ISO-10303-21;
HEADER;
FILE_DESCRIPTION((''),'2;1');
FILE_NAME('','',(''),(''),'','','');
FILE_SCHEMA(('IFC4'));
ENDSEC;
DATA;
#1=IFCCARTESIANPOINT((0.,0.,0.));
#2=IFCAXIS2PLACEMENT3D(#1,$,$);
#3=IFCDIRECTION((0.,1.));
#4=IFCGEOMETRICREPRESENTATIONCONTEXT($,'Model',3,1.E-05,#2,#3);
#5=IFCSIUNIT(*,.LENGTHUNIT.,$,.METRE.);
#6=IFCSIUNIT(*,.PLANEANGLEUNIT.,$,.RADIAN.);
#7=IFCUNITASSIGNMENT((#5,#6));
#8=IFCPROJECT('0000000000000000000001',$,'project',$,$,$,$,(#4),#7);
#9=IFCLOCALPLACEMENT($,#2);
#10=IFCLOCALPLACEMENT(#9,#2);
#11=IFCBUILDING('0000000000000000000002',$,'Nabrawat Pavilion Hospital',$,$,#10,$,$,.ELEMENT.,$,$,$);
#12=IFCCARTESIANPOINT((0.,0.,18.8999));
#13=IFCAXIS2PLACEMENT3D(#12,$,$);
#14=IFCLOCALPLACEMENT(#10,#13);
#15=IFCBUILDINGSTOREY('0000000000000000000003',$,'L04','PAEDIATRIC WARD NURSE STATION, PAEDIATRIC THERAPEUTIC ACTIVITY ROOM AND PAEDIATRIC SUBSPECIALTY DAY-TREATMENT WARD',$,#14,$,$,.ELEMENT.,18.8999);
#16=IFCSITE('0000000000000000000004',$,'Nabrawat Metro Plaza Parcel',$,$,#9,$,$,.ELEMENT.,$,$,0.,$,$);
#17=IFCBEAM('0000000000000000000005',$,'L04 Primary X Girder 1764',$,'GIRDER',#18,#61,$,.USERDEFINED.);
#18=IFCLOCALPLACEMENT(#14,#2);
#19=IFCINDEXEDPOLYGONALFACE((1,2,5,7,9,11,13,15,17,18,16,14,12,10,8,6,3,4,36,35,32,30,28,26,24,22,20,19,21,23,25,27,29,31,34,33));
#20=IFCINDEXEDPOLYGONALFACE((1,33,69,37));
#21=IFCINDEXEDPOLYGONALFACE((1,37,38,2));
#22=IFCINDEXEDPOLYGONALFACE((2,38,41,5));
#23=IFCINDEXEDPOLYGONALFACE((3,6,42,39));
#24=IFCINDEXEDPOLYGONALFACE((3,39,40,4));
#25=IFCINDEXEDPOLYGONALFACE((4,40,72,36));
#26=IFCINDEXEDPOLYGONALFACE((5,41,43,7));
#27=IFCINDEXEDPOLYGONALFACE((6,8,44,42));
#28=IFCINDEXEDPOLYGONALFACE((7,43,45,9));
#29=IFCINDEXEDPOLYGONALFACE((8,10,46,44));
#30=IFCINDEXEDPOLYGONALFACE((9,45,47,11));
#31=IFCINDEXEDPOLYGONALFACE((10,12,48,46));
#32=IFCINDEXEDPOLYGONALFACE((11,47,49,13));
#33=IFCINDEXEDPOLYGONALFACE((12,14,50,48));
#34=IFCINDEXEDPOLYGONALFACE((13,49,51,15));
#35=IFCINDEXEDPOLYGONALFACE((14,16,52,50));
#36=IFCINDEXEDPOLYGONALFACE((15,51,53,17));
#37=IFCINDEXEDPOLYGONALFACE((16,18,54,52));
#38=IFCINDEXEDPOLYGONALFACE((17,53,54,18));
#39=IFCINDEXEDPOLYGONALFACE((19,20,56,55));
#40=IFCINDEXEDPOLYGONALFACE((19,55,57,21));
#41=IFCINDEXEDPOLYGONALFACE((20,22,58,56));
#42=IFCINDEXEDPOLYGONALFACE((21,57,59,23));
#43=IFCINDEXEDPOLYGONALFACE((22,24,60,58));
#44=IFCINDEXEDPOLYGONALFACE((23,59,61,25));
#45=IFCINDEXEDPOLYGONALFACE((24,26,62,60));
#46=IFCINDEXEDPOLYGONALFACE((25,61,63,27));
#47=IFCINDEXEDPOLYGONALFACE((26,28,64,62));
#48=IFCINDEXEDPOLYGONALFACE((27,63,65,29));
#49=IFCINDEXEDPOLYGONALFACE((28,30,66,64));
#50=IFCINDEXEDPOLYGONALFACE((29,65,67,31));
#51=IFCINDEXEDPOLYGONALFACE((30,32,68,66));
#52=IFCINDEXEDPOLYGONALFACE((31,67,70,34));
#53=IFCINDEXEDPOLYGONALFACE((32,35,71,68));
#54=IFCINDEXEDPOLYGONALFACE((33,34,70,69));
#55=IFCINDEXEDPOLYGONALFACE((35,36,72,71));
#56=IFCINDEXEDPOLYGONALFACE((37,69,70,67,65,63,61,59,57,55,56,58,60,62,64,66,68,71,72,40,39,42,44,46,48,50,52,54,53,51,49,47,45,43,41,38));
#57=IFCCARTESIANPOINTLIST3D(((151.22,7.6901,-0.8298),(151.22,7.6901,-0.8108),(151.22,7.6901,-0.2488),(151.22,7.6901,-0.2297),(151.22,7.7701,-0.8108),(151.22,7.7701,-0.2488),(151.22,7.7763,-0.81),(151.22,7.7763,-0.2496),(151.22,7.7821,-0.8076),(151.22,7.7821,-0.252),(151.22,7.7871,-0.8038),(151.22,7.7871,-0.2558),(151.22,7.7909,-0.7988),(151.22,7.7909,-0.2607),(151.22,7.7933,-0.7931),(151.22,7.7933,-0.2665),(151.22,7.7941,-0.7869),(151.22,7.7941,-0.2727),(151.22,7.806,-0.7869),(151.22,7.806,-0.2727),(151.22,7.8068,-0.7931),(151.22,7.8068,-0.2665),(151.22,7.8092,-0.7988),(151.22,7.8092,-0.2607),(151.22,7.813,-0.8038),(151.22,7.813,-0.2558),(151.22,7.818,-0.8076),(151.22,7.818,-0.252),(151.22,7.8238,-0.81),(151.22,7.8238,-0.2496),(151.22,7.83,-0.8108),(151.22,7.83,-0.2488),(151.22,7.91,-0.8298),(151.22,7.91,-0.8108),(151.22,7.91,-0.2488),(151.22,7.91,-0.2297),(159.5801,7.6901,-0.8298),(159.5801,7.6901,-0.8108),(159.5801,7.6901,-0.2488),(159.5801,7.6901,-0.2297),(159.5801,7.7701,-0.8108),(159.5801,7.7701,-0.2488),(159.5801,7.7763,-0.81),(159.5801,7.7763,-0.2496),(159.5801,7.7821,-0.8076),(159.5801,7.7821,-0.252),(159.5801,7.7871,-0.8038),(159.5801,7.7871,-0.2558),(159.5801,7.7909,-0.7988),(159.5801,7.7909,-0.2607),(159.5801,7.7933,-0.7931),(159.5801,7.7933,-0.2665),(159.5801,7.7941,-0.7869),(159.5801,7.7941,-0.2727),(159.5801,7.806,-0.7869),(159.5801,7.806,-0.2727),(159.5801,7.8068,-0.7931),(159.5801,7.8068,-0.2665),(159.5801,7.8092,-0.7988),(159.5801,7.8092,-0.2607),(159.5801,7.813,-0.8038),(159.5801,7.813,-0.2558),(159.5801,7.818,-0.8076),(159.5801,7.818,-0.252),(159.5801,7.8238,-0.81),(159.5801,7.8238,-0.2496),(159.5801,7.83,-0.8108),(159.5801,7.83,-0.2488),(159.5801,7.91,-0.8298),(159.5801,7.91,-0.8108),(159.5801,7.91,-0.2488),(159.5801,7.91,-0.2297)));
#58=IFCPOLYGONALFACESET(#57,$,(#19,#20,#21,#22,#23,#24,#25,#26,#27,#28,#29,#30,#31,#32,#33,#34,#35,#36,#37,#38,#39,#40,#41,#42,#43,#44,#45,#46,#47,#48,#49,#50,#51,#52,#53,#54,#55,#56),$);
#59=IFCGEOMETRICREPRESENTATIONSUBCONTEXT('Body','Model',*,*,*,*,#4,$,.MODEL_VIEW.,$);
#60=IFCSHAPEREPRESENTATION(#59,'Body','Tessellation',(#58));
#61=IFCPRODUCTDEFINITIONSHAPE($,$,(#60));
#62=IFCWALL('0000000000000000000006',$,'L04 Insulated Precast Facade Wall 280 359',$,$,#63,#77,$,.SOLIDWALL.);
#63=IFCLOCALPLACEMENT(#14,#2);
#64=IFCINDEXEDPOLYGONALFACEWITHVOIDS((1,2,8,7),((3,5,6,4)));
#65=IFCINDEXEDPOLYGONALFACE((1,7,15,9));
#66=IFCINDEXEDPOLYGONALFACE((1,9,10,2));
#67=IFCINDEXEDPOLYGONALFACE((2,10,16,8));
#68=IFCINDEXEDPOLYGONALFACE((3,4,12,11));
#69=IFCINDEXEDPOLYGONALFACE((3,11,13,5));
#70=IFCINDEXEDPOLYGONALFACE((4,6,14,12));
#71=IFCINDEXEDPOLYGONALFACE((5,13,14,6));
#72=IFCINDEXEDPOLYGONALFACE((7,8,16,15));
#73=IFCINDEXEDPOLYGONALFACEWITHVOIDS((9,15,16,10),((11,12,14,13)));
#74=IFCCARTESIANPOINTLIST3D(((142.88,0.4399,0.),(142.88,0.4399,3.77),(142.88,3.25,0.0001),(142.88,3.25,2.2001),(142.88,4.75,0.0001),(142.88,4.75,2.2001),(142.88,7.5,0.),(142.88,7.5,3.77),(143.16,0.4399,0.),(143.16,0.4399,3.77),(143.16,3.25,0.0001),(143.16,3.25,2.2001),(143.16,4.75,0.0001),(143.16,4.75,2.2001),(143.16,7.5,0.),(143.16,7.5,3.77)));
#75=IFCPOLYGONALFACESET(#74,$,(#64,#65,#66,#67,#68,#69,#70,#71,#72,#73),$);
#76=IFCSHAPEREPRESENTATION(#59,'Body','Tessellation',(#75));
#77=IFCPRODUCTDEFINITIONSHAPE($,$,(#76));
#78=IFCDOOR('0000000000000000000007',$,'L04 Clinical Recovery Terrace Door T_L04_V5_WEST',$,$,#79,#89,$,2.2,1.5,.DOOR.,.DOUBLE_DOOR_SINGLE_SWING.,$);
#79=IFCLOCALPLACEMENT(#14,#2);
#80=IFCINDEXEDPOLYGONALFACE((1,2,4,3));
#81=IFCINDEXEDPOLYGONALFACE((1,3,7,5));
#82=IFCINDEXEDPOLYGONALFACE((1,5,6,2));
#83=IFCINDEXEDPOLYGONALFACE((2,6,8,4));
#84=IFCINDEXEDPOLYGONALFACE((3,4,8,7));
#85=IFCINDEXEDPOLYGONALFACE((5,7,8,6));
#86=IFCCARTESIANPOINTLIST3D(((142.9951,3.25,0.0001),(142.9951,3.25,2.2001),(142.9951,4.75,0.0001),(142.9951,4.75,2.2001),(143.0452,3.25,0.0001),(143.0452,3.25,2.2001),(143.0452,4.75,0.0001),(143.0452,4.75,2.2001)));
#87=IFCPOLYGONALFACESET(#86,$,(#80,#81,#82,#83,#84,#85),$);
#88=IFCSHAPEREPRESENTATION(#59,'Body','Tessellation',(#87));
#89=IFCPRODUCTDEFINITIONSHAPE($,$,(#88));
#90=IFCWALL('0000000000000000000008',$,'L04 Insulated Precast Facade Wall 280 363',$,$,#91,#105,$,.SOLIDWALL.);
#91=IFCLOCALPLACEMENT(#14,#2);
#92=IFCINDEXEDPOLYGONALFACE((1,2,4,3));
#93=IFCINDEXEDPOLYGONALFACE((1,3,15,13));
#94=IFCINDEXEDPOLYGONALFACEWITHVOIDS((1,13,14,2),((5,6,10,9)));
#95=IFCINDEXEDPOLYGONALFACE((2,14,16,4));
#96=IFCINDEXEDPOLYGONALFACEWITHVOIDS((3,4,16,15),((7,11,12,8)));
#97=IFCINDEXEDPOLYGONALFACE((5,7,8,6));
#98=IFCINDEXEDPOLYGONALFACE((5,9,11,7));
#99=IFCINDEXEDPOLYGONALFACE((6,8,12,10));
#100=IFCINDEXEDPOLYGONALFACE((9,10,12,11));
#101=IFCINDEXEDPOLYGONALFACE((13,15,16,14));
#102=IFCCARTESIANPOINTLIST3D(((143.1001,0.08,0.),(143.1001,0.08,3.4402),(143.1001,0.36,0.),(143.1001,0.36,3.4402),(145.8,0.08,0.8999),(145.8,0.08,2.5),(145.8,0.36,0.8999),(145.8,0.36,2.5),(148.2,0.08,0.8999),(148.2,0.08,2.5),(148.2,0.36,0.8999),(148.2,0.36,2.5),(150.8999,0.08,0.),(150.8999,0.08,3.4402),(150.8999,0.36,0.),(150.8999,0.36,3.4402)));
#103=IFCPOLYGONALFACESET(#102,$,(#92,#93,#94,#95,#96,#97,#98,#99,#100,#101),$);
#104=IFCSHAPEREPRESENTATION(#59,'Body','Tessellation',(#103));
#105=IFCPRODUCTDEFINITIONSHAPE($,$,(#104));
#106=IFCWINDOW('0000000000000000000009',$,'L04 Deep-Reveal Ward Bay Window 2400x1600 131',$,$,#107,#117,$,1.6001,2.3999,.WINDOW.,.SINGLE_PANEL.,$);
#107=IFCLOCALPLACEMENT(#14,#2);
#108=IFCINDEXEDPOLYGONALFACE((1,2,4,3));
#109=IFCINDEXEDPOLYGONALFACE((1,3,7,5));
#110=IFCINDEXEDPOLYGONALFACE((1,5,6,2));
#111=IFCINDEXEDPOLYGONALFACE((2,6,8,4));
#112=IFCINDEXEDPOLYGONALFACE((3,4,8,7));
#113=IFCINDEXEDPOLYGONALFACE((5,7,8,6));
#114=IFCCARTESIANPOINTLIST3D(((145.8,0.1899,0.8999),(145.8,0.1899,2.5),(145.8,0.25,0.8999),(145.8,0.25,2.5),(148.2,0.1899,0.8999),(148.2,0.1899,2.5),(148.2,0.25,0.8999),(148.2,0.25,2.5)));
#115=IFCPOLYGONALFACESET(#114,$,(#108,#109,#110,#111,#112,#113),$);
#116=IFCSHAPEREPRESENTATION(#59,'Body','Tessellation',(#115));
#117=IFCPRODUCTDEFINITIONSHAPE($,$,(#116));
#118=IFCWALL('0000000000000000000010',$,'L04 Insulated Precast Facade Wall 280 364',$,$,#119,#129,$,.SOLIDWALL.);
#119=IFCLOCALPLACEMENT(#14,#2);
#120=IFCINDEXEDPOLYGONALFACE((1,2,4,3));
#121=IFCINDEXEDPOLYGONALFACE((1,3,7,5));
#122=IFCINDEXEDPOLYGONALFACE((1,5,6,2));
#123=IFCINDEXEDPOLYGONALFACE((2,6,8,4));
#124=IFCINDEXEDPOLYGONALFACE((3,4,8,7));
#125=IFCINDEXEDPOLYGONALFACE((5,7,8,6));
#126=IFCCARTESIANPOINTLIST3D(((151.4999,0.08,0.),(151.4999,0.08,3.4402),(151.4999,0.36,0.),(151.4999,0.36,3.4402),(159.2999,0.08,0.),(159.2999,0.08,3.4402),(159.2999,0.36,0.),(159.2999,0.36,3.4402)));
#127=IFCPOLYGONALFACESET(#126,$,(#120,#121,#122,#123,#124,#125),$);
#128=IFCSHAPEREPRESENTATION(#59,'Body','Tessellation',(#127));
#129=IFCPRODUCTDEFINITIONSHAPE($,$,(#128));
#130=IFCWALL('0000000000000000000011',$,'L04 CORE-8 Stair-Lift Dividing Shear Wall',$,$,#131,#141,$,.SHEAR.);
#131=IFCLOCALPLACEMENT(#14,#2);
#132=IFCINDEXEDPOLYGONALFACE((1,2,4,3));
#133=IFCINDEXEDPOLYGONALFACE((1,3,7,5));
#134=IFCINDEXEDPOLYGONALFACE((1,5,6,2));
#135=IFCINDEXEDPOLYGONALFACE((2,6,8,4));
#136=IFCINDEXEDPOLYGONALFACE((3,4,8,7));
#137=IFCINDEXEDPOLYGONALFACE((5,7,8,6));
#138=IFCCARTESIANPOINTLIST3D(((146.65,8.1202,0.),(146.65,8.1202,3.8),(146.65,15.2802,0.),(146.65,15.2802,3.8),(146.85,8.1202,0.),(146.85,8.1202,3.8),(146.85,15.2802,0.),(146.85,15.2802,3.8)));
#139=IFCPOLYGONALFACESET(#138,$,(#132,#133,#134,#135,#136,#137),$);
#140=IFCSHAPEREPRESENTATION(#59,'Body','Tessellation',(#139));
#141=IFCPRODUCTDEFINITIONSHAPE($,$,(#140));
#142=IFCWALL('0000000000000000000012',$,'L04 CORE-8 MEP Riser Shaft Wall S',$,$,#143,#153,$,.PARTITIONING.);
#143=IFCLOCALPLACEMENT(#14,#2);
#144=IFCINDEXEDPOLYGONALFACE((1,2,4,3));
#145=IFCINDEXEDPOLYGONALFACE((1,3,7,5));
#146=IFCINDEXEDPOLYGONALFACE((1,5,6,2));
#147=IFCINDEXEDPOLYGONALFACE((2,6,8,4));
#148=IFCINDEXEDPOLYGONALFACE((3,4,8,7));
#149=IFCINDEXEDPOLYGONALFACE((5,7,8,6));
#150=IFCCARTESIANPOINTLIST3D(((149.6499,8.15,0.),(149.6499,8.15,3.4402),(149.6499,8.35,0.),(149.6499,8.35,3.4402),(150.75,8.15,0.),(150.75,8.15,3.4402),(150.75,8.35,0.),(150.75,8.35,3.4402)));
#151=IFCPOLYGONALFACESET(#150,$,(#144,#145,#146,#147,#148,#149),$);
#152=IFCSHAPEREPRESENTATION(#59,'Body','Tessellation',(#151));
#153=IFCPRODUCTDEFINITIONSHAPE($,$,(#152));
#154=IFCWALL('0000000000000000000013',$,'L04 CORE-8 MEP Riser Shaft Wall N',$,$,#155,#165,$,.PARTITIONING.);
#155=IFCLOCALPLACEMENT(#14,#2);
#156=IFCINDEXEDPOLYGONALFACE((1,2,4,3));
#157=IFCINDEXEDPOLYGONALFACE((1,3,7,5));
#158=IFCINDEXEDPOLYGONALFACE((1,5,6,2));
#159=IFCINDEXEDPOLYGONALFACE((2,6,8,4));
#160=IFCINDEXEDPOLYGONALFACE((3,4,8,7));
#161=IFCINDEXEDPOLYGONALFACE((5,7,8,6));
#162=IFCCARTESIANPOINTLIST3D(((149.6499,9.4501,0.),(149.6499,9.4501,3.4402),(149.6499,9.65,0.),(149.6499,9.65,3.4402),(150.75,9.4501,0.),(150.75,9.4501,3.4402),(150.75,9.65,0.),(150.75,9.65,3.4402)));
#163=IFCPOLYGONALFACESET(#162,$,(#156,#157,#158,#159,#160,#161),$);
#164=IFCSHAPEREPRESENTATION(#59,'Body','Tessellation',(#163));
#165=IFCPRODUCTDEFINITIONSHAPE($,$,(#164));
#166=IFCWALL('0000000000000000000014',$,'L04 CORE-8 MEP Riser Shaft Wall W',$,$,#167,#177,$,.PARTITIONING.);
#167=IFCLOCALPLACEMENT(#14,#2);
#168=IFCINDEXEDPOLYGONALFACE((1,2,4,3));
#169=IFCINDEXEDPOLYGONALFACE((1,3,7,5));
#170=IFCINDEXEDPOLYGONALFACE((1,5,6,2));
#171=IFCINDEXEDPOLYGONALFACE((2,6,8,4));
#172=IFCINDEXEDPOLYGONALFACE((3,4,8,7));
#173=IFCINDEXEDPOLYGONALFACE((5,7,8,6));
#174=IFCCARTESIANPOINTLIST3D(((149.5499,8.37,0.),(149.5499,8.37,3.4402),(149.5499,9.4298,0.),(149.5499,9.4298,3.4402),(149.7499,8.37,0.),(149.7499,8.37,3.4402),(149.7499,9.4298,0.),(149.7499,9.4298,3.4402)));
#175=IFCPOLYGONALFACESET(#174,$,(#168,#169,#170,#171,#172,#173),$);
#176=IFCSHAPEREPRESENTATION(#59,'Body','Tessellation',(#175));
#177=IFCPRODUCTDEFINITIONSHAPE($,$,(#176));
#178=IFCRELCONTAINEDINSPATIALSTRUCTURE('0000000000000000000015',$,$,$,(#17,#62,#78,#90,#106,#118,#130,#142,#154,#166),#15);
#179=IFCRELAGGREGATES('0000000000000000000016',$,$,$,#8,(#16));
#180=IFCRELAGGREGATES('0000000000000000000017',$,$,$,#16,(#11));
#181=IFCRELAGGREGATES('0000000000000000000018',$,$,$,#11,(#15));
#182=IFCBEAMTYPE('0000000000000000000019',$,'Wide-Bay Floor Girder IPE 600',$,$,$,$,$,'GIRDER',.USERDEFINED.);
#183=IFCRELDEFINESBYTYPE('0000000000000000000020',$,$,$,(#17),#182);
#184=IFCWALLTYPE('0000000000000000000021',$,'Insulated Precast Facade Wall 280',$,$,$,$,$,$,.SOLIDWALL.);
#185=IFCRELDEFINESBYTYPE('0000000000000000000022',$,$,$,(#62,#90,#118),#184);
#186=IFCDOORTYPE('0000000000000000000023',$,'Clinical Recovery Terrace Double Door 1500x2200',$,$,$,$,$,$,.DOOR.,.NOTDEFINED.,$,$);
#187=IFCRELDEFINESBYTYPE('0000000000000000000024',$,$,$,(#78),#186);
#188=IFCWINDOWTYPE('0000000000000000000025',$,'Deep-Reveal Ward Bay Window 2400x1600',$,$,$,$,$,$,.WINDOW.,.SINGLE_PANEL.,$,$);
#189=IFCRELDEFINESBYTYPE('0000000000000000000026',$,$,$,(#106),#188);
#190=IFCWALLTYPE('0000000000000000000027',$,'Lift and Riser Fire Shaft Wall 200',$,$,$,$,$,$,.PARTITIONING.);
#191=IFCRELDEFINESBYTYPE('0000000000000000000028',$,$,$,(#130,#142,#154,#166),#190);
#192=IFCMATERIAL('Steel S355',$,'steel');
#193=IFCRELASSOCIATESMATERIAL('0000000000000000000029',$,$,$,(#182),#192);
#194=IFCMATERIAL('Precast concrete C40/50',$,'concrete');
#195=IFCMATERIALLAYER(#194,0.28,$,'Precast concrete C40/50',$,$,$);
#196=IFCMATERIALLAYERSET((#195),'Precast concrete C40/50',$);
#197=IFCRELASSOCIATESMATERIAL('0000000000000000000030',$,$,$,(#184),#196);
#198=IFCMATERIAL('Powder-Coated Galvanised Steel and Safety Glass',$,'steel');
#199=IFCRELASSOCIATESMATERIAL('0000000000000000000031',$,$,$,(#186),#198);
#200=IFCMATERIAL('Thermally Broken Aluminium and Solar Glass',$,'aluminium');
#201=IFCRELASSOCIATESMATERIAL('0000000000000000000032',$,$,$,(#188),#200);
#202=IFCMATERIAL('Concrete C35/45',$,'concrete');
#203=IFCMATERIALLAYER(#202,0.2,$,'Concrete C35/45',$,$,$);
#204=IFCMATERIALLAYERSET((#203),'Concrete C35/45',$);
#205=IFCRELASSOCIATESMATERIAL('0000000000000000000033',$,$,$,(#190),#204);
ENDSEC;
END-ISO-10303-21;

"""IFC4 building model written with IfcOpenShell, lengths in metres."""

from ifc_helpers import new_model, si_unit, direction, frame, frame_2d, origin, origin_2d, place, context, subcontext, project, spatial, rectangle, i_section, extrude, material, layer, layer_set, material_profile, profile_set, type_object, element, fill, save


model = new_model("IFC4")

# Units and contexts
model_context = context("Model", 3, precision=1e-05, world=origin(), true_north=direction((0.0, 1.0)))
body_context = subcontext(model_context, "Body", "Model", "MODEL_VIEW")
ifc_project = project(units=[si_unit("LENGTHUNIT", "METRE"), si_unit("PLANEANGLEUNIT", "RADIAN")], contexts=[model_context])

# Site, building, storey
site_placement = place(None, origin())
site = spatial("IfcSite", under=ifc_project, at=site_placement, Name="Nabrawat Metro Plaza Parcel", CompositionType="ELEMENT", RefElevation=0.0)
building_placement = place(site_placement, origin())
building = spatial("IfcBuilding", under=site, at=building_placement, Name="Nabrawat Pavilion Hospital", CompositionType="ELEMENT")
storey_placement = place(building_placement, frame((0.0, 0.0, 18.8999)))
storey = spatial("IfcBuildingStorey", under=building, at=storey_placement, Name="L04", Description="PAEDIATRIC WARD NURSE STATION, PAEDIATRIC THERAPEUTIC ACTIVITY ROOM AND PAEDIATRIC SUBSPECIALTY DAY-TREATMENT WARD", CompositionType="ELEMENT", Elevation=18.8999)

# Beam
ifc_material_1 = material(Name="Steel S355", Category="steel")
ifc_material_profile_1 = material_profile(ifc_material_1, i_section(OverallWidth=0.22, OverallDepth=0.6001, WebThickness=0.012, FlangeThickness=0.019, FilletRadius=0.0239, at=origin_2d()), Name="IPE 600")
ifc_profile_set_1 = profile_set([ifc_material_profile_1], Name="Steel S355")
beam_type_1 = type_object("IfcBeamType", Name="Wide-Bay Floor Girder IPE 600", ElementType="GIRDER", PredefinedType="USERDEFINED", material=ifc_profile_set_1)
beam_1_placement = place(storey_placement, frame((151.22, 7.8, -0.5298), z_axis=(1.0, 0.0, 0.0), x_axis=(0.0, 1.0, 0.0)))
element("IfcBeam", 1, at=beam_1_placement, inside=storey, type_object=beam_type_1, Name="L04 Primary X Girder 1764", ObjectType="GIRDER", PredefinedType="USERDEFINED", context=body_context, shape_type="SweptSolid", body=[
    extrude(i_section(OverallWidth=0.22, OverallDepth=0.6001, WebThickness=0.012, FlangeThickness=0.019, FilletRadius=0.0239, at=origin_2d()), origin(), (0.0, 0.0, 1.0), 8.3601),
])

# Wall, opening, door
ifc_material_2 = material(Name="Precast concrete C40/50", Category="concrete")
ifc_layer_1 = layer(ifc_material_2, 0.28, Name="Precast concrete C40/50")
ifc_layer_set_1 = layer_set([ifc_layer_1], Name="Precast concrete C40/50")
wall_type_1 = type_object("IfcWallType", Name="Insulated Precast Facade Wall 280", PredefinedType="SOLIDWALL", material=ifc_layer_set_1)
wall_1_placement = place(storey_placement, frame((143.02, 0.4399, 0.0), z_axis=(0.0, 0.0, 1.0), x_axis=(0.0, 1.0, 0.0)))
wall_1 = element("IfcWall", 2, at=wall_1_placement, inside=storey, type_object=wall_type_1, Name="L04 Insulated Precast Facade Wall 280 359", PredefinedType="SOLIDWALL", context=body_context, shape_type="SweptSolid", body=[
    extrude(rectangle(XDim=7.0601, YDim=0.28, at=frame_2d((3.53, 0.0))), origin(), (0.0, 0.0, 1.0), 3.77),
])
opening_1_placement = place(wall_1_placement, frame((2.8101, 0.0, 0.0)))
opening_1 = element("IfcOpeningElement", 3, at=opening_1_placement, cuts=wall_1, PredefinedType="OPENING", context=body_context, shape_type="SweptSolid", body=[
    extrude(rectangle(XDim=1.5, YDim=2.2, at=frame_2d((0.75, 1.1001))), frame((0.0, 0.1499, 0.0), z_axis=(0.0, -1.0, 0.0), x_axis=(1.0, 0.0, 0.0)), (0.0, 0.0, 1.0), 0.3),
])
ifc_material_3 = material(Name="Powder-Coated Galvanised Steel and Safety Glass", Category="steel")
door_type = type_object("IfcDoorType", Name="Clinical Recovery Terrace Double Door 1500x2200", OperationType="NOTDEFINED", PredefinedType="DOOR", material=ifc_material_3)
door_placement = place(opening_1_placement, origin())
door = element("IfcDoor", 4, at=door_placement, inside=storey, type_object=door_type, Name="L04 Clinical Recovery Terrace Door T_L04_V5_WEST", OperationType="DOUBLE_DOOR_SINGLE_SWING", OverallHeight=2.2, OverallWidth=1.5, PredefinedType="DOOR", context=body_context, shape_type="SweptSolid", body=[
    extrude(rectangle(XDim=1.5, YDim=2.2, at=frame_2d((0.75, 1.1001))), frame((0.0, 0.0249, 0.0), z_axis=(0.0, -1.0, 0.0), x_axis=(1.0, 0.0, 0.0)), (0.0, 0.0, 1.0), 0.05),
])
fill(opening_1, door)

# Wall, opening, window
wall_2_placement = place(storey_placement, frame((143.1001, 0.22, 0.0), z_axis=(0.0, 0.0, 1.0), x_axis=(1.0, 0.0, 0.0)))
wall_2 = element("IfcWall", 5, at=wall_2_placement, inside=storey, type_object=wall_type_1, Name="L04 Insulated Precast Facade Wall 280 363", PredefinedType="SOLIDWALL", context=body_context, shape_type="SweptSolid", body=[
    extrude(rectangle(XDim=7.7998, YDim=0.28, at=frame_2d((3.8999, 0.0))), origin(), (0.0, 0.0, 1.0), 3.4402),
])
opening_2_placement = place(wall_2_placement, frame((2.7, 0.0, 0.8999)))
opening_2 = element("IfcOpeningElement", 6, at=opening_2_placement, cuts=wall_2, PredefinedType="OPENING", context=body_context, shape_type="SweptSolid", body=[
    extrude(rectangle(XDim=2.3999, YDim=1.6001, at=frame_2d((1.2, 0.8))), frame((0.0, 0.1499, 0.0), z_axis=(0.0, -1.0, 0.0), x_axis=(1.0, 0.0, 0.0)), (0.0, 0.0, 1.0), 0.3),
])
ifc_material_4 = material(Name="Thermally Broken Aluminium and Solar Glass", Category="aluminium")
window_type = type_object("IfcWindowType", Name="Deep-Reveal Ward Bay Window 2400x1600", PartitioningType="SINGLE_PANEL", PredefinedType="WINDOW", material=ifc_material_4)
window_placement = place(opening_2_placement, origin())
window = element("IfcWindow", 7, at=window_placement, inside=storey, type_object=window_type, Name="L04 Deep-Reveal Ward Bay Window 2400x1600 131", OverallHeight=1.6001, OverallWidth=2.3999, PartitioningType="SINGLE_PANEL", PredefinedType="WINDOW", context=body_context, shape_type="SweptSolid", body=[
    extrude(rectangle(XDim=2.3999, YDim=1.6001, at=frame_2d((1.2, 0.8))), frame((0.0, 0.03, 0.0), z_axis=(0.0, -1.0, 0.0), x_axis=(1.0, 0.0, 0.0)), (0.0, 0.0, 1.0), 0.0601),
])
fill(opening_2, window)

# Walls
wall_3_placement = place(storey_placement, frame((151.5, 0.22, 0.0), z_axis=(0.0, 0.0, 1.0), x_axis=(1.0, 0.0, 0.0)))
element("IfcWall", 8, at=wall_3_placement, inside=storey, type_object=wall_type_1, Name="L04 Insulated Precast Facade Wall 280 364", PredefinedType="SOLIDWALL", context=body_context, shape_type="SweptSolid", body=[
    extrude(rectangle(XDim=7.8, YDim=0.28, at=frame_2d((3.8999, 0.0))), origin(), (0.0, 0.0, 1.0), 3.4402),
])
ifc_material_5 = material(Name="Concrete C35/45", Category="concrete")
ifc_layer_2 = layer(ifc_material_5, 0.2, Name="Concrete C35/45")
ifc_layer_set_2 = layer_set([ifc_layer_2], Name="Concrete C35/45")
wall_type_2 = type_object("IfcWallType", Name="Lift and Riser Fire Shaft Wall 200", PredefinedType="PARTITIONING", material=ifc_layer_set_2)
wall_4_placement = place(storey_placement, frame((146.75, 8.1201, 0.0), z_axis=(0.0, 0.0, 1.0), x_axis=(0.0, 1.0, 0.0)))
element("IfcWall", 9, at=wall_4_placement, inside=storey, type_object=wall_type_2, Name="L04 CORE-8 Stair-Lift Dividing Shear Wall", PredefinedType="SHEAR", context=body_context, shape_type="SweptSolid", body=[
    extrude(rectangle(XDim=7.1599, YDim=0.2, at=frame_2d((3.5801, 0.0))), origin(), (0.0, 0.0, 1.0), 3.8),
])
for number, where, z_axis, x_axis, name in (
    (10, (149.6499, 8.25, 0.0), (0.0, 0.0, 1.0), (1.0, 0.0, 0.0), "L04 CORE-8 MEP Riser Shaft Wall S"),
    (11, (149.6499, 9.55, 0.0), (0.0, 0.0, 1.0), (1.0, 0.0, 0.0), "L04 CORE-8 MEP Riser Shaft Wall N"),
):
    element("IfcWall", number, at=place(storey_placement, frame(where, z_axis=z_axis, x_axis=x_axis)), inside=storey, type_object=wall_type_2, Name=name, PredefinedType="PARTITIONING", context=body_context, shape_type="SweptSolid", body=[
        extrude(rectangle(XDim=1.1001, YDim=0.2, at=frame_2d((0.55, 0.0))), origin(), (0.0, 0.0, 1.0), 3.4402),
    ])
for number, where, z_axis, x_axis, name in (
    (12, (149.6499, 8.3701, 0.0), (0.0, 0.0, 1.0), (0.0, 1.0, 0.0), "L04 CORE-8 MEP Riser Shaft Wall W"),
):
    element("IfcWall", number, at=place(storey_placement, frame(where, z_axis=z_axis, x_axis=x_axis)), inside=storey, type_object=wall_type_2, Name=name, PredefinedType="PARTITIONING", context=body_context, shape_type="SweptSolid", body=[
        extrude(rectangle(XDim=1.0598, YDim=0.2, at=frame_2d((0.5298, 0.0))), origin(), (0.0, 0.0, 1.0), 3.4402),
    ])

save(model, "model.ifc")
